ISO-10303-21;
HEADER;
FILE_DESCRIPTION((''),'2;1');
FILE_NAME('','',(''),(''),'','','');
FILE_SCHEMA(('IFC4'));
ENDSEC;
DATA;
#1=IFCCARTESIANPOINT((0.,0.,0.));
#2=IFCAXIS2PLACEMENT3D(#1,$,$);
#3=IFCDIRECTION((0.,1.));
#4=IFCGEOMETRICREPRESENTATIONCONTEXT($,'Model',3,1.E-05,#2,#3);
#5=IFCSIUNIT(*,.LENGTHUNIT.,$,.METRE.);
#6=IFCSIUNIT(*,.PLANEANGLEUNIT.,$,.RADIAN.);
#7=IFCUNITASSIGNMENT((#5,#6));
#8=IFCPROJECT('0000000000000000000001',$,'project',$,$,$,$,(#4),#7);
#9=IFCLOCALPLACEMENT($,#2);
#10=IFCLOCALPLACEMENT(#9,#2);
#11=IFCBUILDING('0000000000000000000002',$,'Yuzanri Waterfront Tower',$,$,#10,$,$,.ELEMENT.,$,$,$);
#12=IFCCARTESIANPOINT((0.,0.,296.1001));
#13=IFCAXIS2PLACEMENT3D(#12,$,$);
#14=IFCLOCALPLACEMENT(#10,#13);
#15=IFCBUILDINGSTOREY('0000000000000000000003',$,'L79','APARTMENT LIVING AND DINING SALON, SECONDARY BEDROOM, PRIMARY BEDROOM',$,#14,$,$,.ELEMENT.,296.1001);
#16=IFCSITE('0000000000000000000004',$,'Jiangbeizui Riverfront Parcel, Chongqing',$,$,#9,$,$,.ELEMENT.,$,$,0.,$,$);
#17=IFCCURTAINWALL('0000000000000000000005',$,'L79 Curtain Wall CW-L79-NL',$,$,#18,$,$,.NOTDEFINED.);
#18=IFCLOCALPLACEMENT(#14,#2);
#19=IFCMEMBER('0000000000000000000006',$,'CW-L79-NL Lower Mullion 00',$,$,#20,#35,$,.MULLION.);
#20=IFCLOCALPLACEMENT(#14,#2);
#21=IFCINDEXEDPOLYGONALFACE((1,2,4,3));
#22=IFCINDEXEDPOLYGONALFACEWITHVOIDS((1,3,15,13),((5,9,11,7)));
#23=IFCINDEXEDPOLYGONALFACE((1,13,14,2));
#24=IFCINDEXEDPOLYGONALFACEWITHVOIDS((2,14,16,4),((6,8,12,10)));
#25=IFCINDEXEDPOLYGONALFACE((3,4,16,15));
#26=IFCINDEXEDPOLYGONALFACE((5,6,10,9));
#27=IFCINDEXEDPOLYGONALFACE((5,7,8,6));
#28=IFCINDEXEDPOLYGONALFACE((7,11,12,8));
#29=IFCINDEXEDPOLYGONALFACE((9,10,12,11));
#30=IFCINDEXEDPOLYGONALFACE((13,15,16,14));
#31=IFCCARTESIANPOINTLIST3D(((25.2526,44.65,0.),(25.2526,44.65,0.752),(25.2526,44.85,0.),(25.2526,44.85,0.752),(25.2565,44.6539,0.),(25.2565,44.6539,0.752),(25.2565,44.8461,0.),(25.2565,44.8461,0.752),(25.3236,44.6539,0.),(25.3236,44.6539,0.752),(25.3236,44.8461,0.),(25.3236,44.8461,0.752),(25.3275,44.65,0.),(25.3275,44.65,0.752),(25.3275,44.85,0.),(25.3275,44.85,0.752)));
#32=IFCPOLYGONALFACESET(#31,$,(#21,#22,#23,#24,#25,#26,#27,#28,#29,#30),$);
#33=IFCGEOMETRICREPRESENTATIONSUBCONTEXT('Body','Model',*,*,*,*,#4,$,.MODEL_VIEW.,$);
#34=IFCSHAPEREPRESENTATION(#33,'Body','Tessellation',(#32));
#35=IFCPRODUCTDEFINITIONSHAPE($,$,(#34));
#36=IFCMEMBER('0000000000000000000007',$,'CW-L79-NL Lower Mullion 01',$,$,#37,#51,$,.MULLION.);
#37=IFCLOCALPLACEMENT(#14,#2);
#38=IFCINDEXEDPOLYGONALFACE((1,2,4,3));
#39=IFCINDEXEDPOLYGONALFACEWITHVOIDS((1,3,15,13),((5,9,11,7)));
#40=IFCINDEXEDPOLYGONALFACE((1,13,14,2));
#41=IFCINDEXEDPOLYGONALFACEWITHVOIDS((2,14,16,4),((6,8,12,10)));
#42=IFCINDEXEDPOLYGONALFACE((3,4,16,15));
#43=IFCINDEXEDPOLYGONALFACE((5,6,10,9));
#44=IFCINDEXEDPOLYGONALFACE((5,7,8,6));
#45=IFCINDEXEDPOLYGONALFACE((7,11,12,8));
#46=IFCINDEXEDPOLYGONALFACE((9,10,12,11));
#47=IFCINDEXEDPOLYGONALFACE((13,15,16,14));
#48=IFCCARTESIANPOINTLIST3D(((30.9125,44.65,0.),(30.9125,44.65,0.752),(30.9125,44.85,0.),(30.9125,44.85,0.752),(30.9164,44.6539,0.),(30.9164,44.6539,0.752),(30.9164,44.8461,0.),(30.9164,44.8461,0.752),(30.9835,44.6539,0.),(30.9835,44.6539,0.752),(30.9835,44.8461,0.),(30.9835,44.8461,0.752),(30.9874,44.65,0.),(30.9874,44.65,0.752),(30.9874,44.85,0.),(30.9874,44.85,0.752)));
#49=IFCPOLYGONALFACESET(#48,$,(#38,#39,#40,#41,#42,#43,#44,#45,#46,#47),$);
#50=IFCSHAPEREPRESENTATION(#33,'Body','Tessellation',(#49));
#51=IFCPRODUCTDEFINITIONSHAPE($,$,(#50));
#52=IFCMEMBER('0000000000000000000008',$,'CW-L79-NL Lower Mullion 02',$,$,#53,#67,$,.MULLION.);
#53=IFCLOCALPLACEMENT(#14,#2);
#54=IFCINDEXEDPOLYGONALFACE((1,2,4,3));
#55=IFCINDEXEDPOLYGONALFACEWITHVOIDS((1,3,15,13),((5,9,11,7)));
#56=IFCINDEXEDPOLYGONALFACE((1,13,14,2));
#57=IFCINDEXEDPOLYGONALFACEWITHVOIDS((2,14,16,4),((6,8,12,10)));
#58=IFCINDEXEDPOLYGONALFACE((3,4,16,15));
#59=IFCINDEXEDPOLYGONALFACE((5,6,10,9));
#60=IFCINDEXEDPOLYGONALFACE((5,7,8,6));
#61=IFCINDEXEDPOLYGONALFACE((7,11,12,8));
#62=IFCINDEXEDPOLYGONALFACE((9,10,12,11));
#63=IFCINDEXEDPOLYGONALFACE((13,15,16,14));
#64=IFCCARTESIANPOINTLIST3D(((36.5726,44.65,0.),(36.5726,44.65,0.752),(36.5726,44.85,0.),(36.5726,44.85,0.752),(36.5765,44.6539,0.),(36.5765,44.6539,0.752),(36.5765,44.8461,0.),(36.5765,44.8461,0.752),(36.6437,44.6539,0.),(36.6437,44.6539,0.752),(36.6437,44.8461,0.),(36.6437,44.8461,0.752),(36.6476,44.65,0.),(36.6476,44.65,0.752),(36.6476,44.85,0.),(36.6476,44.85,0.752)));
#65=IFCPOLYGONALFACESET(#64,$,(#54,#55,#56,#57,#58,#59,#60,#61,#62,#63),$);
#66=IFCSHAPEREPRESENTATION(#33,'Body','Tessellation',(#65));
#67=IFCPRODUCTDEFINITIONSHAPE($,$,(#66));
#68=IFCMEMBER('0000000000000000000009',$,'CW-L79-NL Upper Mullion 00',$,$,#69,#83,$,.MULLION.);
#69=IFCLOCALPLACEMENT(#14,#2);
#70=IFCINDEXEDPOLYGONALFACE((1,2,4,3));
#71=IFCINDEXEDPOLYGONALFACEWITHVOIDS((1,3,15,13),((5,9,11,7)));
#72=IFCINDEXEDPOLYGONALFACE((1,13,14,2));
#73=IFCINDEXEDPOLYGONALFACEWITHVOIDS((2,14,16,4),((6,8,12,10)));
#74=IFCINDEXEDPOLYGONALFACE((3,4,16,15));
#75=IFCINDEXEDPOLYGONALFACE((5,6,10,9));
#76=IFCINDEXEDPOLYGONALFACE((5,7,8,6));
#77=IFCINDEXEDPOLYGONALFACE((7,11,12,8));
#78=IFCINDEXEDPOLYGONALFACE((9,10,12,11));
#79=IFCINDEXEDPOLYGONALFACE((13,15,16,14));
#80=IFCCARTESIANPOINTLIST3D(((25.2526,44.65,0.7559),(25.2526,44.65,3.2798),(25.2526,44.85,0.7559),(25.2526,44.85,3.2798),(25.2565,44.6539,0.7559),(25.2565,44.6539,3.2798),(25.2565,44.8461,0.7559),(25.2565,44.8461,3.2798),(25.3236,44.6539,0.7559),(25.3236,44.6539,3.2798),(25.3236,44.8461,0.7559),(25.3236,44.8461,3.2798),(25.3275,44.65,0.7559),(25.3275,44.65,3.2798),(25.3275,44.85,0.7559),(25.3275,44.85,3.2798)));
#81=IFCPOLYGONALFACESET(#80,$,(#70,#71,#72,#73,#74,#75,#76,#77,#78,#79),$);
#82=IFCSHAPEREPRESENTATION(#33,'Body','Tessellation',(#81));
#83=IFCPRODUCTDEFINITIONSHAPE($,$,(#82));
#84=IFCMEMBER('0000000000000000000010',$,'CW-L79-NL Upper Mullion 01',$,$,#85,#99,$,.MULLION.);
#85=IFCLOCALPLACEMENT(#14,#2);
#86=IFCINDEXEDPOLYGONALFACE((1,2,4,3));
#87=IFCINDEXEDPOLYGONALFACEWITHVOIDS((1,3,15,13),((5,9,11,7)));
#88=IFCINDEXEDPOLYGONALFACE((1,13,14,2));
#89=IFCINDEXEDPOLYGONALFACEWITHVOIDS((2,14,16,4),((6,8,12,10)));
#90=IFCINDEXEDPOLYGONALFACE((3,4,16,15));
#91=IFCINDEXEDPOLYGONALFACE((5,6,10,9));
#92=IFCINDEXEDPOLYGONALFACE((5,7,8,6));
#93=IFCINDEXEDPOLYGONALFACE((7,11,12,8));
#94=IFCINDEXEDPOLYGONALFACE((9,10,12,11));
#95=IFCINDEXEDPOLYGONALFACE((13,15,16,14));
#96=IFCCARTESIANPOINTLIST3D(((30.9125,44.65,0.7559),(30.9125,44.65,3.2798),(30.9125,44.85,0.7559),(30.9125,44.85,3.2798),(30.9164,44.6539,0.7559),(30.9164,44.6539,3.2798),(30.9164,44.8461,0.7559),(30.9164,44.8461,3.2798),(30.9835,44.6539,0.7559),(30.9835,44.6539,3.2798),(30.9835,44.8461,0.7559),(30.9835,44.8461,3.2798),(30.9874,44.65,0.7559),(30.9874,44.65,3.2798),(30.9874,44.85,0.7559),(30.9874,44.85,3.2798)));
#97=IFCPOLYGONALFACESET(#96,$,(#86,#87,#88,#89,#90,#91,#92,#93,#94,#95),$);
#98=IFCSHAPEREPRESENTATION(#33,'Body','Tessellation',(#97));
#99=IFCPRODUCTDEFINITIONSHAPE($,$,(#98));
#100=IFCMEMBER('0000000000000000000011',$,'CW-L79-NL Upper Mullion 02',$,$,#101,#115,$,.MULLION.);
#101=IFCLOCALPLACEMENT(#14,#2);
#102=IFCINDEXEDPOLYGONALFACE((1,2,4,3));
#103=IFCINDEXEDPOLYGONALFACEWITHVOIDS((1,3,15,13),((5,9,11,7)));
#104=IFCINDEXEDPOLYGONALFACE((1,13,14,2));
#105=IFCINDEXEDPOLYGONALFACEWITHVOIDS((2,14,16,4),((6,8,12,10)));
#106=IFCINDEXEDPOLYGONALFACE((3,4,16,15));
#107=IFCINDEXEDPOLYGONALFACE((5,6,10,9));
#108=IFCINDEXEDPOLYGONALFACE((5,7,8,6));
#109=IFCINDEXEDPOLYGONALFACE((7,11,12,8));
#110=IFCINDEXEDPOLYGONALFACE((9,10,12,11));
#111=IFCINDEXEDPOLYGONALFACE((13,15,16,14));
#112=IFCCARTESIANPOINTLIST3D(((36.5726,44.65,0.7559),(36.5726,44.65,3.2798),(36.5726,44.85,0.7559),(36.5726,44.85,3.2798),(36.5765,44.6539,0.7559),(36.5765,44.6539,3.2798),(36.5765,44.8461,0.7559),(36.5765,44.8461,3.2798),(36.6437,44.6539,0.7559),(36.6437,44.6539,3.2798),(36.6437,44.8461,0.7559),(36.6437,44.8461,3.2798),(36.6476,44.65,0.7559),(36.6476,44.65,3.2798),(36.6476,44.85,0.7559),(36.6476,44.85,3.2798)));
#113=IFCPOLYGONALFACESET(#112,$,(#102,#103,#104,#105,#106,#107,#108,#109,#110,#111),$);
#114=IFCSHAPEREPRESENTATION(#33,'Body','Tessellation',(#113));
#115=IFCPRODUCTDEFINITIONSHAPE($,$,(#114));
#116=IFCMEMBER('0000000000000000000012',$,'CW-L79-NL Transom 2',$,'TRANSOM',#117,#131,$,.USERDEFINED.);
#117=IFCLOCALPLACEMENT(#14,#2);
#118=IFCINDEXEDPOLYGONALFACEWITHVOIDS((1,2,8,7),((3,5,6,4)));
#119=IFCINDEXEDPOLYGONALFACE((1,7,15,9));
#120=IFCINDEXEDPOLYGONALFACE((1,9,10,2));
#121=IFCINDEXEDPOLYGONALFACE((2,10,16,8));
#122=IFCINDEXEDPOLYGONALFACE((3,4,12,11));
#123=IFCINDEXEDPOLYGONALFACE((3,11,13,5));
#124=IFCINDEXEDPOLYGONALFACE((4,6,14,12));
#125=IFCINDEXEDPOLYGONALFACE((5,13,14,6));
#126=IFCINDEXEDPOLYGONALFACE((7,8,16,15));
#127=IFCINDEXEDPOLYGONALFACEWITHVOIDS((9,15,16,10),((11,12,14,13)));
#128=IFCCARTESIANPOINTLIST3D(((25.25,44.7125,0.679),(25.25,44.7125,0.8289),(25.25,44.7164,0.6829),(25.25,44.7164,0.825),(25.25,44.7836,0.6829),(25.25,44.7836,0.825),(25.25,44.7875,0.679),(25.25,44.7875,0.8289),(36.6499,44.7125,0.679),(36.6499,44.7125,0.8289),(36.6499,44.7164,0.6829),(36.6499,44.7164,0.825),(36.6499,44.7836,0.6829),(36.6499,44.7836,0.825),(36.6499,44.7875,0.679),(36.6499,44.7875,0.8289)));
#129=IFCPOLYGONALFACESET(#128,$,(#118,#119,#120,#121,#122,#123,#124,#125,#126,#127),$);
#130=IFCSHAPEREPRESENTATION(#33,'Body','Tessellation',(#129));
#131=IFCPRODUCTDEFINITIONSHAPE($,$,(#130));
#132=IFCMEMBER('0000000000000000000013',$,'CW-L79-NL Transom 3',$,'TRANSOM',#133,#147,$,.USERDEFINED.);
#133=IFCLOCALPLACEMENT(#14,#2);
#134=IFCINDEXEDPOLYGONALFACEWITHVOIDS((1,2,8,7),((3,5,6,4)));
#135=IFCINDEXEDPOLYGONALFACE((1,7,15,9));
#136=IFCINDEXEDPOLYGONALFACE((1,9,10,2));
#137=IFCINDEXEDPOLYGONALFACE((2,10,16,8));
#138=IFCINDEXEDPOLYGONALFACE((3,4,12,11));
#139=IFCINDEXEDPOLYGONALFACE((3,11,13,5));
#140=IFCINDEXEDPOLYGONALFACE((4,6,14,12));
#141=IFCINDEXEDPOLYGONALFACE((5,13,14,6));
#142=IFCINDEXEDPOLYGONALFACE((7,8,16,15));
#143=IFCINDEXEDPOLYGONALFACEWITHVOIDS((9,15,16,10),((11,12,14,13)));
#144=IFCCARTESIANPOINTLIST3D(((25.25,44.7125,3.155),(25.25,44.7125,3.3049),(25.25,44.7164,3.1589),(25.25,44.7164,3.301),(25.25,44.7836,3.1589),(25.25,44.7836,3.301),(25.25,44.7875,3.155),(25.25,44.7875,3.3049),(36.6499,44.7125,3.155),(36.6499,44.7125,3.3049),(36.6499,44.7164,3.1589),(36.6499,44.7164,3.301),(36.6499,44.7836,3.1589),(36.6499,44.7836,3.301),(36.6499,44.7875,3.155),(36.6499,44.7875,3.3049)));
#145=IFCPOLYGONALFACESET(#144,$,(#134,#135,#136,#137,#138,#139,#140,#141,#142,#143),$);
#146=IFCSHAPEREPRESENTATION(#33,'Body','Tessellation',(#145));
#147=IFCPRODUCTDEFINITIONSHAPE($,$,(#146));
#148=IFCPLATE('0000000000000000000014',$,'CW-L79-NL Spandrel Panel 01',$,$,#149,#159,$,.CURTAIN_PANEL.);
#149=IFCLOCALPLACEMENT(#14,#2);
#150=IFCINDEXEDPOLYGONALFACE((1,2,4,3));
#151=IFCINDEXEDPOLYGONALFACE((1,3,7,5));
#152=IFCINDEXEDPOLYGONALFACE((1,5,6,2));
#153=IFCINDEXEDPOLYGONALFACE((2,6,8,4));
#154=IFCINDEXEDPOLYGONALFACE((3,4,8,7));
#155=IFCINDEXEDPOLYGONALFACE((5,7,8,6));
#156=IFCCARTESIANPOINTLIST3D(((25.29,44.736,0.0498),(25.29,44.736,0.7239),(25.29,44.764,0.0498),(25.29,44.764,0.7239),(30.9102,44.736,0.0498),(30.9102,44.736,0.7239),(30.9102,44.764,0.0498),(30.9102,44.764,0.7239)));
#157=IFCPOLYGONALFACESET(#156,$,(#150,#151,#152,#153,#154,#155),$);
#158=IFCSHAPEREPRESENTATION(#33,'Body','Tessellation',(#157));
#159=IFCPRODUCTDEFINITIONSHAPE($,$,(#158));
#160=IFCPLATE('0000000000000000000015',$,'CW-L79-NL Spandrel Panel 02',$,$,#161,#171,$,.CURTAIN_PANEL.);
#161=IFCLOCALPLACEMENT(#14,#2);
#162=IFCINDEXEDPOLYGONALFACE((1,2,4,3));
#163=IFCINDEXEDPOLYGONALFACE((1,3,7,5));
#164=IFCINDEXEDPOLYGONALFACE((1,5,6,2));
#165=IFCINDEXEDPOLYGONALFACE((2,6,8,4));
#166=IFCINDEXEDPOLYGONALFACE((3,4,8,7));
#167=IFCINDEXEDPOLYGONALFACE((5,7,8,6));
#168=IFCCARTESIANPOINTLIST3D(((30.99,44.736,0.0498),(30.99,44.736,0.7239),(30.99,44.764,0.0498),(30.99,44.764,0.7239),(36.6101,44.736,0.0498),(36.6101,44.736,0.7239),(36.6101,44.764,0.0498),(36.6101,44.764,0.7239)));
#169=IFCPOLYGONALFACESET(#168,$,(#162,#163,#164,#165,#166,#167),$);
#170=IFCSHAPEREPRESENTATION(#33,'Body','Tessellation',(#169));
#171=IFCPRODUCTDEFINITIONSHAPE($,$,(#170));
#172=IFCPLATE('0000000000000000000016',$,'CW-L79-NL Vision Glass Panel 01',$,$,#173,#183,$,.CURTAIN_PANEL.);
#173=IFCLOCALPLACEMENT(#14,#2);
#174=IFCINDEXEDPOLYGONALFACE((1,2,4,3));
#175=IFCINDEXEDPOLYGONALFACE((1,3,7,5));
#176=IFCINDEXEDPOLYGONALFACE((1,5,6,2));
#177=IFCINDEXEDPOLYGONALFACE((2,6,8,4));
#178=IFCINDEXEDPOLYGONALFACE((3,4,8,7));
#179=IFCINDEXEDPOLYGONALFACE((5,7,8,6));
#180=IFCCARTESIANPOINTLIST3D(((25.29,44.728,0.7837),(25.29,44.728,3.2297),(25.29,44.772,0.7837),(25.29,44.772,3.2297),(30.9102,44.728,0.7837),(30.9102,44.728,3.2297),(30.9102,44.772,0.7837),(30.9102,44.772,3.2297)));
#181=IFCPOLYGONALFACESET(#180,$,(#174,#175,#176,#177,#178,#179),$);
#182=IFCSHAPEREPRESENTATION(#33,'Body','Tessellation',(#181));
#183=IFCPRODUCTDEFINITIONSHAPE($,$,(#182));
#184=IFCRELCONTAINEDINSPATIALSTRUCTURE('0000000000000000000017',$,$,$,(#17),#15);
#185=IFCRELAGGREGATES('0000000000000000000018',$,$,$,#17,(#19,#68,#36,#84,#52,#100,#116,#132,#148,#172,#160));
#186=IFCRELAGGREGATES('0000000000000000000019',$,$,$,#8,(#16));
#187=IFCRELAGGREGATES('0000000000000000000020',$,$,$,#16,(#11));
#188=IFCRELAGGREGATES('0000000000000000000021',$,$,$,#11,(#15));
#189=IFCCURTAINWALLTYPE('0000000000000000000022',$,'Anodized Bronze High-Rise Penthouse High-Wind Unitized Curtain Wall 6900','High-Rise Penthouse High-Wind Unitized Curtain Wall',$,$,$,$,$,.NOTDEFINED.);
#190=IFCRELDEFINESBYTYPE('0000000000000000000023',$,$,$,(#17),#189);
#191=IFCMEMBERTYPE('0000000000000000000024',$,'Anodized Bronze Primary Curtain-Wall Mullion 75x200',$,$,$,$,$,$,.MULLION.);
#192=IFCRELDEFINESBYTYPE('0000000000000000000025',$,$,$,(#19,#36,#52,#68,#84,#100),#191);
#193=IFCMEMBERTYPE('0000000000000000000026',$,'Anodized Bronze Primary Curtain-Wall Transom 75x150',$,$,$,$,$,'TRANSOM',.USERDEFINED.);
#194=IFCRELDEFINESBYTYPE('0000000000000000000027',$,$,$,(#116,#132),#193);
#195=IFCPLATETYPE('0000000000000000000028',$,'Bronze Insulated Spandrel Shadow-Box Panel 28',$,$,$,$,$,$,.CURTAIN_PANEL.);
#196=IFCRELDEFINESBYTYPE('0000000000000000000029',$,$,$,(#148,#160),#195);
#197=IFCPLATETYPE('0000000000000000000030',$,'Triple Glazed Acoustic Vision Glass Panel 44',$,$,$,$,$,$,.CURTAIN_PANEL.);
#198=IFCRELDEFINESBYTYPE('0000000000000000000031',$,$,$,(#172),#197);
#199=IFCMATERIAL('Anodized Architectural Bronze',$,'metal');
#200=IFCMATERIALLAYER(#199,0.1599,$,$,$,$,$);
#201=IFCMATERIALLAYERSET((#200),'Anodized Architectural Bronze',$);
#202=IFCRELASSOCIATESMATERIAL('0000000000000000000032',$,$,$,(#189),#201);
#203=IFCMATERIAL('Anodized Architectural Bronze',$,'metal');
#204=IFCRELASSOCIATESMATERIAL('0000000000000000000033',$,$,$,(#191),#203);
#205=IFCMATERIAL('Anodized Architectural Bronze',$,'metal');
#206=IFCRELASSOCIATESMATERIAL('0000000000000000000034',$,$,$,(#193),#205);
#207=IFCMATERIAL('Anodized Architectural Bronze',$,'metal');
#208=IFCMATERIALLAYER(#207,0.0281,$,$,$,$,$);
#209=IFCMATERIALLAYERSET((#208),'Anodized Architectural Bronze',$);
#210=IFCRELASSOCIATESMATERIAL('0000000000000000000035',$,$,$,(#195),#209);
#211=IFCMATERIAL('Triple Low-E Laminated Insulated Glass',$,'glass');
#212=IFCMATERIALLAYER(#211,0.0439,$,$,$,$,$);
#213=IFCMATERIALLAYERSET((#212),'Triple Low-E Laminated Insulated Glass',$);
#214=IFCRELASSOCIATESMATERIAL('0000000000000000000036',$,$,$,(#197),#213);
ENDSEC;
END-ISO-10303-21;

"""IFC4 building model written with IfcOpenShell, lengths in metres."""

from ifc_helpers import new_model, si_unit, direction, frame, origin, origin_2d, place, context, subcontext, project, spatial, rectangle, hollow_rectangle, extrude, source, transform, mapped, material, layer, layer_set, material_profile, profile_set, type_object, element, aggregate, save


model = new_model("IFC4")

# Units and contexts
model_context = context("Model", 3, precision=1e-05, world=origin(), true_north=direction((0.0, 1.0)))
body_context = subcontext(model_context, "Body", "Model", "MODEL_VIEW")
ifc_project = project(units=[si_unit("LENGTHUNIT", "METRE"), si_unit("PLANEANGLEUNIT", "RADIAN")], contexts=[model_context])

# Site, building, storey
site_placement = place(None, origin())
site = spatial("IfcSite", under=ifc_project, at=site_placement, Name="Jiangbeizui Riverfront Parcel, Chongqing", CompositionType="ELEMENT", RefElevation=0.0)
building_placement = place(site_placement, origin())
building = spatial("IfcBuilding", under=site, at=building_placement, Name="Yuzanri Waterfront Tower", CompositionType="ELEMENT")
storey_placement = place(building_placement, frame((0.0, 0.0, 296.1001)))
storey = spatial("IfcBuildingStorey", under=building, at=storey_placement, Name="L79", Description="APARTMENT LIVING AND DINING SALON, SECONDARY BEDROOM, PRIMARY BEDROOM", CompositionType="ELEMENT", Elevation=296.1001)

# Curtain wall, members, plates
ifc_material_1 = material(Name="Anodized Architectural Bronze", Category="metal")
ifc_layer_1 = layer(ifc_material_1, 0.1599)
ifc_layer_set_1 = layer_set([ifc_layer_1], Name="Anodized Architectural Bronze")
curtain_wall_type = type_object("IfcCurtainWallType", Name="Anodized Bronze High-Rise Penthouse High-Wind Unitized Curtain Wall 6900", Description="High-Rise Penthouse High-Wind Unitized Curtain Wall", PredefinedType="NOTDEFINED", material=ifc_layer_set_1)
curtain_wall_placement = place(storey_placement, origin())
curtain_wall = element("IfcCurtainWall", 1, at=curtain_wall_placement, inside=storey, type_object=curtain_wall_type, Name="L79 Curtain Wall CW-L79-NL", PredefinedType="NOTDEFINED")
ifc_material_2 = material(Name="Anodized Architectural Bronze", Category="metal")
ifc_material_profile_1 = material_profile(ifc_material_2, hollow_rectangle(XDim=0.075, YDim=0.2, WallThickness=0.0039, at=origin_2d()), Name="CWM 75x200")
ifc_profile_set_1 = profile_set([ifc_material_profile_1], Name="Anodized Architectural Bronze")
member_type_1 = type_object("IfcMemberType", Name="Anodized Bronze Primary Curtain-Wall Mullion 75x200", PredefinedType="MULLION", material=ifc_profile_set_1)
shared_shape_1 = source(origin(), body_context, "Body", "SweptSolid", [
    extrude(hollow_rectangle(XDim=0.075, YDim=0.2, WallThickness=0.0039, at=origin_2d()), origin(), (0.0, 0.0, 1.0), 0.752),
])
member_1_placement = place(storey_placement, frame((25.29, 44.75, 0.0), z_axis=(0.0, 0.0, 1.0), x_axis=(1.0, 0.0, 0.0)))
member_1 = element("IfcMember", 2, at=member_1_placement, type_object=member_type_1, Name="CW-L79-NL Lower Mullion 00", PredefinedType="MULLION", context=body_context, shape_type="MappedRepresentation", body=[
    mapped(shared_shape_1, transform((0.0, 0.0, 0.0), scale=1.0)),
])
member_2_placement = place(storey_placement, frame((30.95, 44.75, 0.0), z_axis=(0.0, 0.0, 1.0), x_axis=(1.0, 0.0, 0.0)))
member_2 = element("IfcMember", 3, at=member_2_placement, type_object=member_type_1, Name="CW-L79-NL Lower Mullion 01", PredefinedType="MULLION", context=body_context, shape_type="MappedRepresentation", body=[
    mapped(shared_shape_1, transform((0.0, 0.0, 0.0), scale=1.0)),
])
member_3_placement = place(storey_placement, frame((36.6101, 44.75, 0.0), z_axis=(0.0, 0.0, 1.0), x_axis=(1.0, 0.0, 0.0)))
member_3 = element("IfcMember", 4, at=member_3_placement, type_object=member_type_1, Name="CW-L79-NL Lower Mullion 02", PredefinedType="MULLION", context=body_context, shape_type="MappedRepresentation", body=[
    mapped(shared_shape_1, transform((0.0, 0.0, 0.0), scale=1.0)),
])
shared_shape_2 = source(origin(), body_context, "Body", "SweptSolid", [
    extrude(hollow_rectangle(XDim=0.075, YDim=0.2, WallThickness=0.0039, at=origin_2d()), origin(), (0.0, 0.0, 1.0), 2.5239),
])
member_4_placement = place(storey_placement, frame((25.29, 44.75, 0.7559), z_axis=(0.0, 0.0, 1.0), x_axis=(1.0, 0.0, 0.0)))
member_4 = element("IfcMember", 5, at=member_4_placement, type_object=member_type_1, Name="CW-L79-NL Upper Mullion 00", PredefinedType="MULLION", context=body_context, shape_type="MappedRepresentation", body=[
    mapped(shared_shape_2, transform((0.0, 0.0, 0.0), scale=1.0)),
])
member_5_placement = place(storey_placement, frame((30.95, 44.75, 0.7559), z_axis=(0.0, 0.0, 1.0), x_axis=(1.0, 0.0, 0.0)))
member_5 = element("IfcMember", 6, at=member_5_placement, type_object=member_type_1, Name="CW-L79-NL Upper Mullion 01", PredefinedType="MULLION", context=body_context, shape_type="MappedRepresentation", body=[
    mapped(shared_shape_2, transform((0.0, 0.0, 0.0), scale=1.0)),
])
member_6_placement = place(storey_placement, frame((36.6101, 44.75, 0.7559), z_axis=(0.0, 0.0, 1.0), x_axis=(1.0, 0.0, 0.0)))
member_6 = element("IfcMember", 7, at=member_6_placement, type_object=member_type_1, Name="CW-L79-NL Upper Mullion 02", PredefinedType="MULLION", context=body_context, shape_type="MappedRepresentation", body=[
    mapped(shared_shape_2, transform((0.0, 0.0, 0.0), scale=1.0)),
])
ifc_material_3 = material(Name="Anodized Architectural Bronze", Category="metal")
ifc_material_profile_2 = material_profile(ifc_material_3, hollow_rectangle(XDim=0.075, YDim=0.1499, WallThickness=0.0039, at=origin_2d()), Name="CWT 75x150")
ifc_profile_set_2 = profile_set([ifc_material_profile_2], Name="Anodized Architectural Bronze")
member_type_2 = type_object("IfcMemberType", Name="Anodized Bronze Primary Curtain-Wall Transom 75x150", ElementType="TRANSOM", PredefinedType="USERDEFINED", material=ifc_profile_set_2)
shared_shape_3 = source(origin(), body_context, "Body", "SweptSolid", [
    extrude(hollow_rectangle(XDim=0.075, YDim=0.1499, WallThickness=0.0039, at=origin_2d()), origin(), (0.0, 0.0, 1.0), 11.3999),
])
member_7_placement = place(storey_placement, frame((25.25, 44.75, 0.7539), z_axis=(1.0, 0.0, 0.0), x_axis=(0.0, 1.0, 0.0)))
member_7 = element("IfcMember", 8, at=member_7_placement, type_object=member_type_2, Name="CW-L79-NL Transom 2", ObjectType="TRANSOM", PredefinedType="USERDEFINED", context=body_context, shape_type="MappedRepresentation", body=[
    mapped(shared_shape_3, transform((0.0, 0.0, 0.0), scale=1.0)),
])
member_8_placement = place(storey_placement, frame((25.25, 44.75, 3.23), z_axis=(1.0, 0.0, 0.0), x_axis=(0.0, 1.0, 0.0)))
member_8 = element("IfcMember", 9, at=member_8_placement, type_object=member_type_2, Name="CW-L79-NL Transom 3", ObjectType="TRANSOM", PredefinedType="USERDEFINED", context=body_context, shape_type="MappedRepresentation", body=[
    mapped(shared_shape_3, transform((0.0, 0.0, 0.0), scale=1.0)),
])
ifc_material_4 = material(Name="Anodized Architectural Bronze", Category="metal")
ifc_layer_2 = layer(ifc_material_4, 0.0281)
ifc_layer_set_2 = layer_set([ifc_layer_2], Name="Anodized Architectural Bronze")
plate_type_1 = type_object("IfcPlateType", Name="Bronze Insulated Spandrel Shadow-Box Panel 28", PredefinedType="CURTAIN_PANEL", material=ifc_layer_set_2)
shared_shape_4 = source(origin(), body_context, "Body", "SweptSolid", [
    extrude(rectangle(XDim=5.6201, YDim=0.0281, at=origin_2d()), origin(), (0.0, 0.0, 1.0), 0.6741),
])
plate_1_placement = place(storey_placement, frame((28.1001, 44.75, 0.0498), z_axis=(0.0, 0.0, 1.0), x_axis=(1.0, 0.0, 0.0)))
plate_1 = element("IfcPlate", 10, at=plate_1_placement, type_object=plate_type_1, Name="CW-L79-NL Spandrel Panel 01", PredefinedType="CURTAIN_PANEL", context=body_context, shape_type="MappedRepresentation", body=[
    mapped(shared_shape_4, transform((0.0, 0.0, 0.0), scale=1.0)),
])
plate_2_placement = place(storey_placement, frame((33.8, 44.75, 0.0498), z_axis=(0.0, 0.0, 1.0), x_axis=(1.0, 0.0, 0.0)))
plate_2 = element("IfcPlate", 11, at=plate_2_placement, type_object=plate_type_1, Name="CW-L79-NL Spandrel Panel 02", PredefinedType="CURTAIN_PANEL", context=body_context, shape_type="MappedRepresentation", body=[
    mapped(shared_shape_4, transform((0.0, 0.0, 0.0), scale=1.0)),
])
ifc_material_5 = material(Name="Triple Low-E Laminated Insulated Glass", Category="glass")
ifc_layer_3 = layer(ifc_material_5, 0.0439)
ifc_layer_set_3 = layer_set([ifc_layer_3], Name="Triple Low-E Laminated Insulated Glass")
plate_type_2 = type_object("IfcPlateType", Name="Triple Glazed Acoustic Vision Glass Panel 44", PredefinedType="CURTAIN_PANEL", material=ifc_layer_set_3)
shared_shape_5 = source(origin(), body_context, "Body", "SweptSolid", [
    extrude(rectangle(XDim=5.6201, YDim=0.0439, at=origin_2d()), origin(), (0.0, 0.0, 1.0), 2.446),
])
plate_3_placement = place(storey_placement, frame((28.1001, 44.75, 0.7837), z_axis=(0.0, 0.0, 1.0), x_axis=(1.0, 0.0, 0.0)))
plate_3 = element("IfcPlate", 12, at=plate_3_placement, type_object=plate_type_2, Name="CW-L79-NL Vision Glass Panel 01", PredefinedType="CURTAIN_PANEL", context=body_context, shape_type="MappedRepresentation", body=[
    mapped(shared_shape_5, transform((0.0, 0.0, 0.0), scale=1.0)),
])
aggregate(curtain_wall, [member_1, member_4, member_2, member_5, member_3, member_6, member_7, member_8, plate_1, plate_3, plate_2])

save(model, "model.ifc")
